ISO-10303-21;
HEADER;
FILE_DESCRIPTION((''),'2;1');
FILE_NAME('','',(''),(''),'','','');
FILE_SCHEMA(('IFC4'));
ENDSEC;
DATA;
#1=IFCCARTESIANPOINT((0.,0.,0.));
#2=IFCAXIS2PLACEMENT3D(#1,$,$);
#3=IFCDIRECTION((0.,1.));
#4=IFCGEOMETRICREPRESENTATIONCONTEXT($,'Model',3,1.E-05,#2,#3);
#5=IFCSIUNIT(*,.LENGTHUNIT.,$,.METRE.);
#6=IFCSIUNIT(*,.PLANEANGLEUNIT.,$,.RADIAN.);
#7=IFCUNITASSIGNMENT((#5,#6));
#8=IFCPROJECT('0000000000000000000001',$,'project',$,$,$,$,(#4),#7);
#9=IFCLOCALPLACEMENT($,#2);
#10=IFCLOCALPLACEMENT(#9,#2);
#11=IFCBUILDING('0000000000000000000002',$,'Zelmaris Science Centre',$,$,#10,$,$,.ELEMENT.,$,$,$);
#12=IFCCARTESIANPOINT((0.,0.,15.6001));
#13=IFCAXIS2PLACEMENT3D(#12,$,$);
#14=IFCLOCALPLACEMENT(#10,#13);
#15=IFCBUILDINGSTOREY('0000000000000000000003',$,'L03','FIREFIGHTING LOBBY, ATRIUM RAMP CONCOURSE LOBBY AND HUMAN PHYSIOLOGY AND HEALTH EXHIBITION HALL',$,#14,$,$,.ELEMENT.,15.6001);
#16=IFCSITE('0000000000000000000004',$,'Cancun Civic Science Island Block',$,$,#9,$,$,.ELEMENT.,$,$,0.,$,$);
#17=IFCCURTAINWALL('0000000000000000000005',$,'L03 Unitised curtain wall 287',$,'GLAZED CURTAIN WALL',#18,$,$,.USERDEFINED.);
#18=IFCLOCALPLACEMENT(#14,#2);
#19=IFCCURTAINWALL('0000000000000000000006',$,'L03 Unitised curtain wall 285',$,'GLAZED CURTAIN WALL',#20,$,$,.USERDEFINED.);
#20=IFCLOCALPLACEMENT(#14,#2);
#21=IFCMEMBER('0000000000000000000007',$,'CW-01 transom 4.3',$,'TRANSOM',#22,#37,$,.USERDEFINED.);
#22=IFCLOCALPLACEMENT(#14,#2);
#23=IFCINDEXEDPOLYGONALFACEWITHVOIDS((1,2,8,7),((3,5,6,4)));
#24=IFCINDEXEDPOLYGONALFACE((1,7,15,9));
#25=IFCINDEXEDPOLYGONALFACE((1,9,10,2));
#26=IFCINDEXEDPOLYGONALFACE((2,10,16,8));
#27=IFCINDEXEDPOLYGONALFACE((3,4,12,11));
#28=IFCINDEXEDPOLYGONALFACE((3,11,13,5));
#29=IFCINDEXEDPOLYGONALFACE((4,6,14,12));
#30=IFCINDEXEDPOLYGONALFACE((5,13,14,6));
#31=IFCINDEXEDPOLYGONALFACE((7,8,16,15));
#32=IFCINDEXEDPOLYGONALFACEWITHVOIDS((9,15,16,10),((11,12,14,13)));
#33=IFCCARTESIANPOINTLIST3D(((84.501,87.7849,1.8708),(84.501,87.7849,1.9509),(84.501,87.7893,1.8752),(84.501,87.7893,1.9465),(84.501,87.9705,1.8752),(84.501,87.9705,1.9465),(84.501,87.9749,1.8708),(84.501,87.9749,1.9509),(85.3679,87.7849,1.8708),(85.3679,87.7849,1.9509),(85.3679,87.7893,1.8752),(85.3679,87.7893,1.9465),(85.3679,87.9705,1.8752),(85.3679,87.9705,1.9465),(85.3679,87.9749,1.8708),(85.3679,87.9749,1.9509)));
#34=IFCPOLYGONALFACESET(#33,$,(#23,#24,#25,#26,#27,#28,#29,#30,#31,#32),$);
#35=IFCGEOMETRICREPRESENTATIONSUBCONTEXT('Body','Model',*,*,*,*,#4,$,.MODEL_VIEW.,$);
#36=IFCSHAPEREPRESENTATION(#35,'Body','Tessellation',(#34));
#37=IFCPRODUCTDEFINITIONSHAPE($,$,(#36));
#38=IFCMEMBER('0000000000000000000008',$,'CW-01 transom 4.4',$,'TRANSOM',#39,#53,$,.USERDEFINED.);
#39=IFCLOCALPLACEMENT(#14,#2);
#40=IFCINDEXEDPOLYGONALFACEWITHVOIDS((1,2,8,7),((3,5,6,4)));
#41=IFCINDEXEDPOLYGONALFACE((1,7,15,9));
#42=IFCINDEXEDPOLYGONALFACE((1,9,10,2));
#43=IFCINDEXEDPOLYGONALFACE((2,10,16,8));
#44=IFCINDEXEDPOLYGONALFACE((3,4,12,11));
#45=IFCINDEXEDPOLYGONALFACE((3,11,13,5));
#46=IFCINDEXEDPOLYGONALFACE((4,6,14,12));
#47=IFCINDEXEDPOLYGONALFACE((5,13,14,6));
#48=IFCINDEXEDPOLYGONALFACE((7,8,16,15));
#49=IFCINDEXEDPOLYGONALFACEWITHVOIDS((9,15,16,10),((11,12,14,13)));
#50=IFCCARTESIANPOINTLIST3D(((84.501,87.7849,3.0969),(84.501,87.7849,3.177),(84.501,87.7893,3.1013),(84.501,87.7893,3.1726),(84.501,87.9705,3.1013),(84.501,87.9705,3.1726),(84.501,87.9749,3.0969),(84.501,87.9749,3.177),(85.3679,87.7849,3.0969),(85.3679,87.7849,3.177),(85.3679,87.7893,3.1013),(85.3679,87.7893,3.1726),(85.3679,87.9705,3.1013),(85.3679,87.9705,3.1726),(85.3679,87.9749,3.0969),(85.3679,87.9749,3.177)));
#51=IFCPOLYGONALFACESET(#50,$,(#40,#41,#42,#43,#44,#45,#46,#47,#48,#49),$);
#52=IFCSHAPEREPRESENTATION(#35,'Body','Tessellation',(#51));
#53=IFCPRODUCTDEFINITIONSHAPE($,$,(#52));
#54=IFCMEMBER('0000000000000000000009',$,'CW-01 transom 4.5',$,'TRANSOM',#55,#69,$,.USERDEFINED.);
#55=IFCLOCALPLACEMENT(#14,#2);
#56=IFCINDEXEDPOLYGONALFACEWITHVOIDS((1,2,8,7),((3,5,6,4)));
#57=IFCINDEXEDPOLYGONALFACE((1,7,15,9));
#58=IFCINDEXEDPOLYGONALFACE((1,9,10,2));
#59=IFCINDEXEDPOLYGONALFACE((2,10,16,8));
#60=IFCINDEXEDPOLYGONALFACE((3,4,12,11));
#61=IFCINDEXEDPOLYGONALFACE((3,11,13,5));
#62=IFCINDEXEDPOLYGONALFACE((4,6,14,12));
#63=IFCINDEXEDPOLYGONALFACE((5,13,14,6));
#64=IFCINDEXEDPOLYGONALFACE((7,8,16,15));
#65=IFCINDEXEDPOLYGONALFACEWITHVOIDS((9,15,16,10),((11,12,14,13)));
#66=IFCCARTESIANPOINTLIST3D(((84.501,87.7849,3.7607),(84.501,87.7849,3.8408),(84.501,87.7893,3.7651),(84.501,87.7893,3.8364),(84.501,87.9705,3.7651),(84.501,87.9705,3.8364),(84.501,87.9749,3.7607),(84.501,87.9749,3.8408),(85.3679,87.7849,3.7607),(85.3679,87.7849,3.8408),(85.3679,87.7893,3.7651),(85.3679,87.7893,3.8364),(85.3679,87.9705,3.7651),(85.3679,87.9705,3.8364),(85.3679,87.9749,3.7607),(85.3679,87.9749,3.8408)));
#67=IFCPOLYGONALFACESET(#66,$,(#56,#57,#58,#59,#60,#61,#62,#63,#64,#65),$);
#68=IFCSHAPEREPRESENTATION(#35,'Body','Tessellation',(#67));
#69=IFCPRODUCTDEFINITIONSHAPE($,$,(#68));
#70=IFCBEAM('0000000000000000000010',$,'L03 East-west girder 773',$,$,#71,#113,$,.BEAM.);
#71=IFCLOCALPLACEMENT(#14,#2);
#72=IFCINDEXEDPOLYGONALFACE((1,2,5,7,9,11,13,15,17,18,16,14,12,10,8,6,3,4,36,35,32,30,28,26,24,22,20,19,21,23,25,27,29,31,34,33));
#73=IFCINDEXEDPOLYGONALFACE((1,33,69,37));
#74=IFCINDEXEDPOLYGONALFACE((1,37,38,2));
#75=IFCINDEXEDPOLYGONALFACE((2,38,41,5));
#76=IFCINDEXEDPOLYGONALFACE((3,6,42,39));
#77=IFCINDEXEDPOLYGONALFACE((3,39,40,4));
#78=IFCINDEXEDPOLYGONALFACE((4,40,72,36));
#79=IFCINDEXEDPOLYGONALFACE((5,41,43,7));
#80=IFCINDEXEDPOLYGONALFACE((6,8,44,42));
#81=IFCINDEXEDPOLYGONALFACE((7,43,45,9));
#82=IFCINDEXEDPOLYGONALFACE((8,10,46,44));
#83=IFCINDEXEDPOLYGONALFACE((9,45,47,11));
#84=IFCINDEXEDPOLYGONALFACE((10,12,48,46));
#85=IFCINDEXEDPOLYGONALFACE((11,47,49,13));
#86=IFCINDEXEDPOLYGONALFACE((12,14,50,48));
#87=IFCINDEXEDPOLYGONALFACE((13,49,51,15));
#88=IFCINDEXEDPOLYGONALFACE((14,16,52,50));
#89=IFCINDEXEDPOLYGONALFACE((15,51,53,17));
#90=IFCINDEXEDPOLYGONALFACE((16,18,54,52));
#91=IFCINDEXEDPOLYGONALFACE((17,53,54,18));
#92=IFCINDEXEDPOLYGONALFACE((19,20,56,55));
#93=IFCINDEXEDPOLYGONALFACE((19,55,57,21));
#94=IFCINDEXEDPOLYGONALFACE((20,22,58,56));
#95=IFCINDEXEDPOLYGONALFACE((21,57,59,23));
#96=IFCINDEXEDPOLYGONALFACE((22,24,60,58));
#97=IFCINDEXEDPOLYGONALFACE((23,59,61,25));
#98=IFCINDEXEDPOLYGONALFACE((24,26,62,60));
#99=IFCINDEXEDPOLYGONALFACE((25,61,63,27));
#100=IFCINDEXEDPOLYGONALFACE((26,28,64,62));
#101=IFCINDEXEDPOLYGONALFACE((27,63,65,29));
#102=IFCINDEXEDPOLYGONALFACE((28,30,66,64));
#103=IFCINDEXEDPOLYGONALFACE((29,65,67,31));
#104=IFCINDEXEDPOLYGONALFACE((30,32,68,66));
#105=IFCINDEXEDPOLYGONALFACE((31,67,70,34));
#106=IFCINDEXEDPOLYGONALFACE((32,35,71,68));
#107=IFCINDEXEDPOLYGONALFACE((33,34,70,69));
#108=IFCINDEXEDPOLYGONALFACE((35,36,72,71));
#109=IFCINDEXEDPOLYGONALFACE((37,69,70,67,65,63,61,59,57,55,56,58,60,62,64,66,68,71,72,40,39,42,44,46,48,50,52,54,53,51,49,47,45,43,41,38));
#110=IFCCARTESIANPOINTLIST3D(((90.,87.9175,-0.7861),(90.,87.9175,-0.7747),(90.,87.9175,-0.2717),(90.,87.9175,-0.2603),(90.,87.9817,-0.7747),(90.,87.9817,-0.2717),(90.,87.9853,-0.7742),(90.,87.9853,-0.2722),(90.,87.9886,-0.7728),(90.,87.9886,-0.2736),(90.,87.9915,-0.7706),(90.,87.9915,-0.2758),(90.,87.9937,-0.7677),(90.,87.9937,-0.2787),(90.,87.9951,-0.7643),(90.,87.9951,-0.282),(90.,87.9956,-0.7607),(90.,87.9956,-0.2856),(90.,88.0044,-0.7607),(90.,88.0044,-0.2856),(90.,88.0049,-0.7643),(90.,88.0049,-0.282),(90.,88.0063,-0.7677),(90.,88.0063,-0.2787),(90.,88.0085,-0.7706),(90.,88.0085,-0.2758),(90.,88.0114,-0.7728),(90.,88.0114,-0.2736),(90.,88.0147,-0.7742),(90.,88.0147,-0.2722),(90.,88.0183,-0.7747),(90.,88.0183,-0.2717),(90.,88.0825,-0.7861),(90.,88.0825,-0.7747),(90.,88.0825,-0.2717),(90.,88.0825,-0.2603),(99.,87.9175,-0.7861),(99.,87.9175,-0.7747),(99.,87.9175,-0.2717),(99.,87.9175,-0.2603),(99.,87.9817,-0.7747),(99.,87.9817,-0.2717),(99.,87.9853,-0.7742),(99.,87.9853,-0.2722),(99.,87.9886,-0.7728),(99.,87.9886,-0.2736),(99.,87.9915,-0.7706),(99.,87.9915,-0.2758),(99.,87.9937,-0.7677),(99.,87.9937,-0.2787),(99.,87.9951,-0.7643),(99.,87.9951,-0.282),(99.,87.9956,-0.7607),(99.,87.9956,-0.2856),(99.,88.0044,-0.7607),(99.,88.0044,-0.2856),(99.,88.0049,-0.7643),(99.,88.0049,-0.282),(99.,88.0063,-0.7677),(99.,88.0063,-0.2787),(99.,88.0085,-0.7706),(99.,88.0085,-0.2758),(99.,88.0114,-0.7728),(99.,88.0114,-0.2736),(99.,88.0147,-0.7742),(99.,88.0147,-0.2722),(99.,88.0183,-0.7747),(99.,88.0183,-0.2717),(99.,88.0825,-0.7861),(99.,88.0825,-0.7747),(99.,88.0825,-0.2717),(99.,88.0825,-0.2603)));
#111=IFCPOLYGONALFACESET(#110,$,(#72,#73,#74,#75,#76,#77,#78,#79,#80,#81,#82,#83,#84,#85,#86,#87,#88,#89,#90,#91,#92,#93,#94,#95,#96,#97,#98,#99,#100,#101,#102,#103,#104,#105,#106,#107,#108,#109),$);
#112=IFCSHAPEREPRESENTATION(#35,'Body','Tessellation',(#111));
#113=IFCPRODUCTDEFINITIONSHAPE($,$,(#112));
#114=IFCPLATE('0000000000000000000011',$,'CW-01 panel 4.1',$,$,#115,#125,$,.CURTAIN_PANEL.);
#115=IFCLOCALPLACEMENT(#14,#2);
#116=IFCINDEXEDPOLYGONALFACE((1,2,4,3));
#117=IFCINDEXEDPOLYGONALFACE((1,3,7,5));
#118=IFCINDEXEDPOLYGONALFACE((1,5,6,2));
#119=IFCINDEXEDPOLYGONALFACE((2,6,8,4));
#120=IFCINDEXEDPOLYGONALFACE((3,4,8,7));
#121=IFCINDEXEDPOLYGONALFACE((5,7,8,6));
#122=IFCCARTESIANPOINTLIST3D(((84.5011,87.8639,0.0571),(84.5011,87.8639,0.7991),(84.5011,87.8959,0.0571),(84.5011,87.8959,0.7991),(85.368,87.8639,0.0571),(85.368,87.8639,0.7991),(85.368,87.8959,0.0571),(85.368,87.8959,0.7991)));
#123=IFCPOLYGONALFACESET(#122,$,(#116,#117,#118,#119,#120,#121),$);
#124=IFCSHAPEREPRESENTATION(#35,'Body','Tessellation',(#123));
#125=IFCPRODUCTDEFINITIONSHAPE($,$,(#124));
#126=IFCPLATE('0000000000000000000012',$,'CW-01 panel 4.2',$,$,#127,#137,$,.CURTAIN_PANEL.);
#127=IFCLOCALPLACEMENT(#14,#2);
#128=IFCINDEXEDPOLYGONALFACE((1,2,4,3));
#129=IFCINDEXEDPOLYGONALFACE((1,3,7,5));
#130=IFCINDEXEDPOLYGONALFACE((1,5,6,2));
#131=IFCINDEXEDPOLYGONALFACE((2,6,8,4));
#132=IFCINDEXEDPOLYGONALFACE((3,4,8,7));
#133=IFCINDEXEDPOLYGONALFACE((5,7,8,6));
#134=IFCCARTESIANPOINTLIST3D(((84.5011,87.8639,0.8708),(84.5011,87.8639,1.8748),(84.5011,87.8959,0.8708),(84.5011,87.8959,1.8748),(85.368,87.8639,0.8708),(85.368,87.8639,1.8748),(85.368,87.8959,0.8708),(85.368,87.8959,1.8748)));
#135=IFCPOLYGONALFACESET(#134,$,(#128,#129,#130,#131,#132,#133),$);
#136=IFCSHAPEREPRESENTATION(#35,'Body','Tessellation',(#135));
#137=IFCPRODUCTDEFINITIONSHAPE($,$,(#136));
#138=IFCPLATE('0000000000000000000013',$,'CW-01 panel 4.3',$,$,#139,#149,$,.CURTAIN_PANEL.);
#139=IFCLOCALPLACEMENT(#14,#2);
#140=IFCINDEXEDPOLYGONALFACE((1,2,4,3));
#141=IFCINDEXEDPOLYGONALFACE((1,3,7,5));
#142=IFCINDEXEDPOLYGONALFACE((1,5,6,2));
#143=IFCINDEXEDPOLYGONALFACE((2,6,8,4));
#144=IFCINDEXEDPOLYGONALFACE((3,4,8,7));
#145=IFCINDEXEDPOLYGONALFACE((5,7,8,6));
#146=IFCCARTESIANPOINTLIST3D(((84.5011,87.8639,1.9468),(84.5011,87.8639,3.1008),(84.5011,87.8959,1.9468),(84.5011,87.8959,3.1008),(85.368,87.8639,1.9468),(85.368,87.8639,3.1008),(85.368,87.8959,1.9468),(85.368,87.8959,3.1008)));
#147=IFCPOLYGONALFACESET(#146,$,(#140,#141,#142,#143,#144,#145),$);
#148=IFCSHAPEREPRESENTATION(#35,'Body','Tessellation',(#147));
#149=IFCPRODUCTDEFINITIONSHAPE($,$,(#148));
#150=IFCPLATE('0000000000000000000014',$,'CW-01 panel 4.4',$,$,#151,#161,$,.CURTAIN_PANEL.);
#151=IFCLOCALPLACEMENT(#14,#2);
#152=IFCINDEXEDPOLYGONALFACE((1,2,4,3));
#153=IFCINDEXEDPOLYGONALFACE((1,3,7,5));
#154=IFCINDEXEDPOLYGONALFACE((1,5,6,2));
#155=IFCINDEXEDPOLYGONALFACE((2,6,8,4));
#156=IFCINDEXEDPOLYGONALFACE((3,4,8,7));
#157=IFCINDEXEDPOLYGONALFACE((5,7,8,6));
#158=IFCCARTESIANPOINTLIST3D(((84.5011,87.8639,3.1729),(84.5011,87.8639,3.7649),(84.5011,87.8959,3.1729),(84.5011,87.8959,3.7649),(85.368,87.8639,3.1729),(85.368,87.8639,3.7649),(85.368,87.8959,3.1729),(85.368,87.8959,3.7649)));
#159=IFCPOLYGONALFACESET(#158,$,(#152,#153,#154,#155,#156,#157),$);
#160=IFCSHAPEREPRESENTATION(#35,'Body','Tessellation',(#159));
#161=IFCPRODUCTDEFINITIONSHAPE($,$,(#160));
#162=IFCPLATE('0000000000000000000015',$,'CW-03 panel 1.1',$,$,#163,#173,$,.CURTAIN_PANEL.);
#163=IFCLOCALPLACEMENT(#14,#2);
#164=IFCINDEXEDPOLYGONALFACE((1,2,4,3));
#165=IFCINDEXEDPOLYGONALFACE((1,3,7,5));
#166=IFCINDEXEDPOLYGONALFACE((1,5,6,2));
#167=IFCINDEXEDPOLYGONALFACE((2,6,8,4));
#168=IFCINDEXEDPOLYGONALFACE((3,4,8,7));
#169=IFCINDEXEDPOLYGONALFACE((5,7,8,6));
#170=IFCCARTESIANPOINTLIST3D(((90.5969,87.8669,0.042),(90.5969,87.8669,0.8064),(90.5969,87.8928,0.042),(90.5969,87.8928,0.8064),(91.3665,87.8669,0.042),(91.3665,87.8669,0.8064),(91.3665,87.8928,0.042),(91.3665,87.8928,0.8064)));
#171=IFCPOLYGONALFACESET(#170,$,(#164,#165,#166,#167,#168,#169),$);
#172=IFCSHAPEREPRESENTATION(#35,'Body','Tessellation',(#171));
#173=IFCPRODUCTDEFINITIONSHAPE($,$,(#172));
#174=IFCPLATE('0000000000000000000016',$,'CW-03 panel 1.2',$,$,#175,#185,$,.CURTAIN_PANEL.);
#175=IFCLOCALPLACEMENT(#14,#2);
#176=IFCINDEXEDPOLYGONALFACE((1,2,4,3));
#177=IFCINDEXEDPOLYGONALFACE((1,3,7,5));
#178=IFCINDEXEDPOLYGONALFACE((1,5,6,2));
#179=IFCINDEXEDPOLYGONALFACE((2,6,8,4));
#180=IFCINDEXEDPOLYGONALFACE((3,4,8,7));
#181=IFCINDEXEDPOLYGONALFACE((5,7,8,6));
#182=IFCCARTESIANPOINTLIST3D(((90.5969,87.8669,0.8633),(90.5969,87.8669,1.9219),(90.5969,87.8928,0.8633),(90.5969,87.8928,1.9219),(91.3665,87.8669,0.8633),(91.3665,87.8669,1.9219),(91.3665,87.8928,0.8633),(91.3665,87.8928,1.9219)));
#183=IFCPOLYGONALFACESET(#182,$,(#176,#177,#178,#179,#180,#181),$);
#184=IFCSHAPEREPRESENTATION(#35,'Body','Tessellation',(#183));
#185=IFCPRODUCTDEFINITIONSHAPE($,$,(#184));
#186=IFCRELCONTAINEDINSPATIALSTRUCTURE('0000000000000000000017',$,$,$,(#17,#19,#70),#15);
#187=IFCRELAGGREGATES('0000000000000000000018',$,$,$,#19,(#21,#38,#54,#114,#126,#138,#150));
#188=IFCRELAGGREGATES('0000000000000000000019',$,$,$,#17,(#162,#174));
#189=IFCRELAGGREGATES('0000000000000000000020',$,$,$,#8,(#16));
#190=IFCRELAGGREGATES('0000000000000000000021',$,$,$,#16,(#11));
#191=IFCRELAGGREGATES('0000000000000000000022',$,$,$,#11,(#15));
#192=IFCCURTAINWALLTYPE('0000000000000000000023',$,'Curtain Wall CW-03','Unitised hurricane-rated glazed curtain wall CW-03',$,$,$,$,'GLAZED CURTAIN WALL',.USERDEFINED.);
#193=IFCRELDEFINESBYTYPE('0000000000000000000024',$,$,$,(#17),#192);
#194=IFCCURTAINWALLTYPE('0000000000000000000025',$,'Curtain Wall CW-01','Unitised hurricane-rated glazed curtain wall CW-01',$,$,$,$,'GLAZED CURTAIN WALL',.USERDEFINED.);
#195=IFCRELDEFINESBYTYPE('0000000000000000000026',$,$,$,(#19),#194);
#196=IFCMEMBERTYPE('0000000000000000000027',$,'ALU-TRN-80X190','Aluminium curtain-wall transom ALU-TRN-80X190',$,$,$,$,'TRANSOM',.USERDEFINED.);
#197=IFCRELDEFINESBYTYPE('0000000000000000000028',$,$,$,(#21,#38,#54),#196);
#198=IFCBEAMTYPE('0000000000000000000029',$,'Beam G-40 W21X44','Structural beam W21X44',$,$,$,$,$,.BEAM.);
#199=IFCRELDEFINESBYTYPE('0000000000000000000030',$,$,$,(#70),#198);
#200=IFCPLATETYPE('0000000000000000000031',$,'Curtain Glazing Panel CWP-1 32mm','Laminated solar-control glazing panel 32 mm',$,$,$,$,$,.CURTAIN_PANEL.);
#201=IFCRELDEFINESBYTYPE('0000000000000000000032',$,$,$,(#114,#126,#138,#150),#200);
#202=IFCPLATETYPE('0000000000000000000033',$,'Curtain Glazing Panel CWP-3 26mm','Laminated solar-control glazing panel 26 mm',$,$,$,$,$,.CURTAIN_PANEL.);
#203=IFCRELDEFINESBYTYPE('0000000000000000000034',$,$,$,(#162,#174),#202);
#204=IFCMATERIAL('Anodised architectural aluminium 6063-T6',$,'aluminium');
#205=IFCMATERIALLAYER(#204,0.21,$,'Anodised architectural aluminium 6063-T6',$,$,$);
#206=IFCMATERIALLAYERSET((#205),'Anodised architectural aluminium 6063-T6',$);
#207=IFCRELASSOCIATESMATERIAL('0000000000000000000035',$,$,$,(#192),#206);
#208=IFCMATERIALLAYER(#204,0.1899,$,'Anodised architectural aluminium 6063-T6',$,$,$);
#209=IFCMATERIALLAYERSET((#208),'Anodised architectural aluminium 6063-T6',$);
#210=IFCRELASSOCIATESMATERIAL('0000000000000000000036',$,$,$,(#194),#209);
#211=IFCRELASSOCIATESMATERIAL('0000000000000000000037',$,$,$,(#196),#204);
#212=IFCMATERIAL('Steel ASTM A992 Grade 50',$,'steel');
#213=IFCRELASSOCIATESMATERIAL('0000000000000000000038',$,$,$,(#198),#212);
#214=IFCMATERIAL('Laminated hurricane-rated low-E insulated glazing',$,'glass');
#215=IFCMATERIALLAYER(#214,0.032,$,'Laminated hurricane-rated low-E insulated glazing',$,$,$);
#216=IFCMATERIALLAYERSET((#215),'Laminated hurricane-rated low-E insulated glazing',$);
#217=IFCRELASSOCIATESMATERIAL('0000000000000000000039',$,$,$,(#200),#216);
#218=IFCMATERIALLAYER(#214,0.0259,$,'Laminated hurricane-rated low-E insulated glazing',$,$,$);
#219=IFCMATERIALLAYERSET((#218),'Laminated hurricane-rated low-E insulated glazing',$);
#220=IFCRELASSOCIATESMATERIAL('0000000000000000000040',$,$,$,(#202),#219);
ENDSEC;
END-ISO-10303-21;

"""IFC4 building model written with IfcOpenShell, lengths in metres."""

from ifc_helpers import new_model, si_unit, direction, frame, origin, origin_2d, place, context, subcontext, project, spatial, rectangle, hollow_rectangle, i_section, extrude, material, layer, layer_set, material_profile, profile_set, type_object, element, aggregate, save


model = new_model("IFC4")

# Units and contexts
model_context = context("Model", 3, precision=1e-05, world=origin(), true_north=direction((0.0, 1.0)))
body_context = subcontext(model_context, "Body", "Model", "MODEL_VIEW")
ifc_project = project(units=[si_unit("LENGTHUNIT", "METRE"), si_unit("PLANEANGLEUNIT", "RADIAN")], contexts=[model_context])

# Site, building, storey
site_placement = place(None, origin())
site = spatial("IfcSite", under=ifc_project, at=site_placement, Name="Cancun Civic Science Island Block", CompositionType="ELEMENT", RefElevation=0.0)
building_placement = place(site_placement, origin())
building = spatial("IfcBuilding", under=site, at=building_placement, Name="Zelmaris Science Centre", CompositionType="ELEMENT")
storey_placement = place(building_placement, frame((0.0, 0.0, 15.6001)))
storey = spatial("IfcBuildingStorey", under=building, at=storey_placement, Name="L03", Description="FIREFIGHTING LOBBY, ATRIUM RAMP CONCOURSE LOBBY AND HUMAN PHYSIOLOGY AND HEALTH EXHIBITION HALL", CompositionType="ELEMENT", Elevation=15.6001)

# Shared definitions
ifc_material_1 = material(Name="Steel ASTM A992 Grade 50", Category="steel")

# Curtain wall
ifc_material_2 = material(Name="Anodised architectural aluminium 6063-T6", Category="aluminium")
ifc_layer_1 = layer(ifc_material_2, 0.21, Name="Anodised architectural aluminium 6063-T6")
ifc_layer_set_1 = layer_set([ifc_layer_1], Name="Anodised architectural aluminium 6063-T6")
curtain_wall_type_1 = type_object("IfcCurtainWallType", Name="Curtain Wall CW-03", Description="Unitised hurricane-rated glazed curtain wall CW-03", ElementType="GLAZED CURTAIN WALL", PredefinedType="USERDEFINED", material=ifc_layer_set_1)
curtain_wall_1_placement = place(storey_placement, origin())
curtain_wall_1 = element("IfcCurtainWall", 1, at=curtain_wall_1_placement, inside=storey, type_object=curtain_wall_type_1, Name="L03 Unitised curtain wall 287", ObjectType="GLAZED CURTAIN WALL", PredefinedType="USERDEFINED")

# Curtain wall
ifc_layer_2 = layer(ifc_material_2, 0.1899, Name="Anodised architectural aluminium 6063-T6")
ifc_layer_set_2 = layer_set([ifc_layer_2], Name="Anodised architectural aluminium 6063-T6")
curtain_wall_type_2 = type_object("IfcCurtainWallType", Name="Curtain Wall CW-01", Description="Unitised hurricane-rated glazed curtain wall CW-01", ElementType="GLAZED CURTAIN WALL", PredefinedType="USERDEFINED", material=ifc_layer_set_2)
curtain_wall_2_placement = place(storey_placement, origin())
curtain_wall_2 = element("IfcCurtainWall", 2, at=curtain_wall_2_placement, inside=storey, type_object=curtain_wall_type_2, Name="L03 Unitised curtain wall 285", ObjectType="GLAZED CURTAIN WALL", PredefinedType="USERDEFINED")

# Members
ifc_material_profile_1 = material_profile(ifc_material_2, hollow_rectangle(XDim=0.0801, YDim=0.1899, WallThickness=0.0044, at=origin_2d()), Name="ALU-TRN-80X190")
ifc_profile_set_1 = profile_set([ifc_material_profile_1], Name="Anodised architectural aluminium 6063-T6")
member_type_1 = type_object("IfcMemberType", Name="ALU-TRN-80X190", Description="Aluminium curtain-wall transom ALU-TRN-80X190", ElementType="TRANSOM", PredefinedType="USERDEFINED", material=ifc_profile_set_1)
member_1_placement = place(storey_placement, frame((84.501, 87.8799, 1.9109), z_axis=(1.0, 0.0, 0.0), x_axis=(0.0, 0.0, 1.0)))
member_1 = element("IfcMember", 3, at=member_1_placement, type_object=member_type_1, Name="CW-01 transom 4.3", ObjectType="TRANSOM", PredefinedType="USERDEFINED", context=body_context, shape_type="SweptSolid", body=[
    extrude(hollow_rectangle(XDim=0.0801, YDim=0.1899, WallThickness=0.0044, at=origin_2d()), origin(), (0.0, 0.0, 1.0), 0.8669),
])
member_2_placement = place(storey_placement, frame((84.501, 87.8799, 3.137), z_axis=(1.0, 0.0, 0.0), x_axis=(0.0, 0.0, 1.0)))
member_2 = element("IfcMember", 4, at=member_2_placement, type_object=member_type_1, Name="CW-01 transom 4.4", ObjectType="TRANSOM", PredefinedType="USERDEFINED", context=body_context, shape_type="SweptSolid", body=[
    extrude(hollow_rectangle(XDim=0.0801, YDim=0.1899, WallThickness=0.0044, at=origin_2d()), origin(), (0.0, 0.0, 1.0), 0.8669),
])
member_3_placement = place(storey_placement, frame((84.501, 87.8799, 3.8008), z_axis=(1.0, 0.0, 0.0), x_axis=(0.0, 0.0, 1.0)))
member_3 = element("IfcMember", 5, at=member_3_placement, type_object=member_type_1, Name="CW-01 transom 4.5", ObjectType="TRANSOM", PredefinedType="USERDEFINED", context=body_context, shape_type="SweptSolid", body=[
    extrude(hollow_rectangle(XDim=0.0801, YDim=0.1899, WallThickness=0.0044, at=origin_2d()), origin(), (0.0, 0.0, 1.0), 0.8669),
])

# Beam
ifc_material_profile_2 = material_profile(ifc_material_1, i_section(OverallWidth=0.165, OverallDepth=0.5259, WebThickness=0.0088, FlangeThickness=0.0115, FilletRadius=0.0139, at=origin_2d()), Name="W21X44")
ifc_profile_set_2 = profile_set([ifc_material_profile_2], Name="Steel ASTM A992 Grade 50")
beam_type = type_object("IfcBeamType", Name="Beam G-40 W21X44", Description="Structural beam W21X44", PredefinedType="BEAM", material=ifc_profile_set_2)
beam_placement = place(storey_placement, frame((90.0, 88.0, -0.5232), z_axis=(1.0, 0.0, 0.0), x_axis=(0.0, 1.0, 0.0)))
element("IfcBeam", 6, at=beam_placement, inside=storey, type_object=beam_type, Name="L03 East-west girder 773", PredefinedType="BEAM", context=body_context, shape_type="SweptSolid", body=[
    extrude(i_section(OverallWidth=0.165, OverallDepth=0.5259, WebThickness=0.0088, FlangeThickness=0.0115, FilletRadius=0.0139, at=origin_2d()), origin(), (0.0, 0.0, 1.0), 9.0),
])

# Plates
ifc_material_3 = material(Name="Laminated hurricane-rated low-E insulated glazing", Category="glass")
ifc_layer_3 = layer(ifc_material_3, 0.032, Name="Laminated hurricane-rated low-E insulated glazing")
ifc_layer_set_3 = layer_set([ifc_layer_3], Name="Laminated hurricane-rated low-E insulated glazing")
plate_type_1 = type_object("IfcPlateType", Name="Curtain Glazing Panel CWP-1 32mm", Description="Laminated solar-control glazing panel 32 mm", PredefinedType="CURTAIN_PANEL", material=ifc_layer_set_3)
plate_1_placement = place(storey_placement, frame((84.9346, 87.8799, 0.0571), z_axis=(0.0, 0.0, 1.0), x_axis=(1.0, 0.0, 0.0)))
plate_1 = element("IfcPlate", 7, at=plate_1_placement, type_object=plate_type_1, Name="CW-01 panel 4.1", PredefinedType="CURTAIN_PANEL", context=body_context, shape_type="SweptSolid", body=[
    extrude(rectangle(XDim=0.8669, YDim=0.032, at=origin_2d()), origin(), (0.0, 0.0, 1.0), 0.7419),
])
plate_2_placement = place(storey_placement, frame((84.9346, 87.8799, 0.8708), z_axis=(0.0, 0.0, 1.0), x_axis=(1.0, 0.0, 0.0)))
plate_2 = element("IfcPlate", 8, at=plate_2_placement, type_object=plate_type_1, Name="CW-01 panel 4.2", PredefinedType="CURTAIN_PANEL", context=body_context, shape_type="SweptSolid", body=[
    extrude(rectangle(XDim=0.8669, YDim=0.032, at=origin_2d()), origin(), (0.0, 0.0, 1.0), 1.0039),
])
plate_3_placement = place(storey_placement, frame((84.9346, 87.8799, 1.9468), z_axis=(0.0, 0.0, 1.0), x_axis=(1.0, 0.0, 0.0)))
plate_3 = element("IfcPlate", 9, at=plate_3_placement, type_object=plate_type_1, Name="CW-01 panel 4.3", PredefinedType="CURTAIN_PANEL", context=body_context, shape_type="SweptSolid", body=[
    extrude(rectangle(XDim=0.8669, YDim=0.032, at=origin_2d()), origin(), (0.0, 0.0, 1.0), 1.1541),
])
plate_4_placement = place(storey_placement, frame((84.9346, 87.8799, 3.1729), z_axis=(0.0, 0.0, 1.0), x_axis=(1.0, 0.0, 0.0)))
plate_4 = element("IfcPlate", 10, at=plate_4_placement, type_object=plate_type_1, Name="CW-01 panel 4.4", PredefinedType="CURTAIN_PANEL", context=body_context, shape_type="SweptSolid", body=[
    extrude(rectangle(XDim=0.8669, YDim=0.032, at=origin_2d()), origin(), (0.0, 0.0, 1.0), 0.592),
])
aggregate(curtain_wall_2, [member_1, member_2, member_3, plate_1, plate_2, plate_3, plate_4])
ifc_layer_4 = layer(ifc_material_3, 0.0259, Name="Laminated hurricane-rated low-E insulated glazing")
ifc_layer_set_4 = layer_set([ifc_layer_4], Name="Laminated hurricane-rated low-E insulated glazing")
plate_type_2 = type_object("IfcPlateType", Name="Curtain Glazing Panel CWP-3 26mm", Description="Laminated solar-control glazing panel 26 mm", PredefinedType="CURTAIN_PANEL", material=ifc_layer_set_4)
plate_5_placement = place(storey_placement, frame((90.9817, 87.8799, 0.042), z_axis=(0.0, 0.0, 1.0), x_axis=(1.0, 0.0, 0.0)))
plate_5 = element("IfcPlate", 11, at=plate_5_placement, type_object=plate_type_2, Name="CW-03 panel 1.1", PredefinedType="CURTAIN_PANEL", context=body_context, shape_type="SweptSolid", body=[
    extrude(rectangle(XDim=0.7695, YDim=0.0259, at=origin_2d()), origin(), (0.0, 0.0, 1.0), 0.7644),
])
plate_6_placement = place(storey_placement, frame((90.9817, 87.8799, 0.8633), z_axis=(0.0, 0.0, 1.0), x_axis=(1.0, 0.0, 0.0)))
plate_6 = element("IfcPlate", 12, at=plate_6_placement, type_object=plate_type_2, Name="CW-03 panel 1.2", PredefinedType="CURTAIN_PANEL", context=body_context, shape_type="SweptSolid", body=[
    extrude(rectangle(XDim=0.7695, YDim=0.0259, at=origin_2d()), origin(), (0.0, 0.0, 1.0), 1.0586),
])
aggregate(curtain_wall_1, [plate_5, plate_6])

save(model, "model.ifc")
